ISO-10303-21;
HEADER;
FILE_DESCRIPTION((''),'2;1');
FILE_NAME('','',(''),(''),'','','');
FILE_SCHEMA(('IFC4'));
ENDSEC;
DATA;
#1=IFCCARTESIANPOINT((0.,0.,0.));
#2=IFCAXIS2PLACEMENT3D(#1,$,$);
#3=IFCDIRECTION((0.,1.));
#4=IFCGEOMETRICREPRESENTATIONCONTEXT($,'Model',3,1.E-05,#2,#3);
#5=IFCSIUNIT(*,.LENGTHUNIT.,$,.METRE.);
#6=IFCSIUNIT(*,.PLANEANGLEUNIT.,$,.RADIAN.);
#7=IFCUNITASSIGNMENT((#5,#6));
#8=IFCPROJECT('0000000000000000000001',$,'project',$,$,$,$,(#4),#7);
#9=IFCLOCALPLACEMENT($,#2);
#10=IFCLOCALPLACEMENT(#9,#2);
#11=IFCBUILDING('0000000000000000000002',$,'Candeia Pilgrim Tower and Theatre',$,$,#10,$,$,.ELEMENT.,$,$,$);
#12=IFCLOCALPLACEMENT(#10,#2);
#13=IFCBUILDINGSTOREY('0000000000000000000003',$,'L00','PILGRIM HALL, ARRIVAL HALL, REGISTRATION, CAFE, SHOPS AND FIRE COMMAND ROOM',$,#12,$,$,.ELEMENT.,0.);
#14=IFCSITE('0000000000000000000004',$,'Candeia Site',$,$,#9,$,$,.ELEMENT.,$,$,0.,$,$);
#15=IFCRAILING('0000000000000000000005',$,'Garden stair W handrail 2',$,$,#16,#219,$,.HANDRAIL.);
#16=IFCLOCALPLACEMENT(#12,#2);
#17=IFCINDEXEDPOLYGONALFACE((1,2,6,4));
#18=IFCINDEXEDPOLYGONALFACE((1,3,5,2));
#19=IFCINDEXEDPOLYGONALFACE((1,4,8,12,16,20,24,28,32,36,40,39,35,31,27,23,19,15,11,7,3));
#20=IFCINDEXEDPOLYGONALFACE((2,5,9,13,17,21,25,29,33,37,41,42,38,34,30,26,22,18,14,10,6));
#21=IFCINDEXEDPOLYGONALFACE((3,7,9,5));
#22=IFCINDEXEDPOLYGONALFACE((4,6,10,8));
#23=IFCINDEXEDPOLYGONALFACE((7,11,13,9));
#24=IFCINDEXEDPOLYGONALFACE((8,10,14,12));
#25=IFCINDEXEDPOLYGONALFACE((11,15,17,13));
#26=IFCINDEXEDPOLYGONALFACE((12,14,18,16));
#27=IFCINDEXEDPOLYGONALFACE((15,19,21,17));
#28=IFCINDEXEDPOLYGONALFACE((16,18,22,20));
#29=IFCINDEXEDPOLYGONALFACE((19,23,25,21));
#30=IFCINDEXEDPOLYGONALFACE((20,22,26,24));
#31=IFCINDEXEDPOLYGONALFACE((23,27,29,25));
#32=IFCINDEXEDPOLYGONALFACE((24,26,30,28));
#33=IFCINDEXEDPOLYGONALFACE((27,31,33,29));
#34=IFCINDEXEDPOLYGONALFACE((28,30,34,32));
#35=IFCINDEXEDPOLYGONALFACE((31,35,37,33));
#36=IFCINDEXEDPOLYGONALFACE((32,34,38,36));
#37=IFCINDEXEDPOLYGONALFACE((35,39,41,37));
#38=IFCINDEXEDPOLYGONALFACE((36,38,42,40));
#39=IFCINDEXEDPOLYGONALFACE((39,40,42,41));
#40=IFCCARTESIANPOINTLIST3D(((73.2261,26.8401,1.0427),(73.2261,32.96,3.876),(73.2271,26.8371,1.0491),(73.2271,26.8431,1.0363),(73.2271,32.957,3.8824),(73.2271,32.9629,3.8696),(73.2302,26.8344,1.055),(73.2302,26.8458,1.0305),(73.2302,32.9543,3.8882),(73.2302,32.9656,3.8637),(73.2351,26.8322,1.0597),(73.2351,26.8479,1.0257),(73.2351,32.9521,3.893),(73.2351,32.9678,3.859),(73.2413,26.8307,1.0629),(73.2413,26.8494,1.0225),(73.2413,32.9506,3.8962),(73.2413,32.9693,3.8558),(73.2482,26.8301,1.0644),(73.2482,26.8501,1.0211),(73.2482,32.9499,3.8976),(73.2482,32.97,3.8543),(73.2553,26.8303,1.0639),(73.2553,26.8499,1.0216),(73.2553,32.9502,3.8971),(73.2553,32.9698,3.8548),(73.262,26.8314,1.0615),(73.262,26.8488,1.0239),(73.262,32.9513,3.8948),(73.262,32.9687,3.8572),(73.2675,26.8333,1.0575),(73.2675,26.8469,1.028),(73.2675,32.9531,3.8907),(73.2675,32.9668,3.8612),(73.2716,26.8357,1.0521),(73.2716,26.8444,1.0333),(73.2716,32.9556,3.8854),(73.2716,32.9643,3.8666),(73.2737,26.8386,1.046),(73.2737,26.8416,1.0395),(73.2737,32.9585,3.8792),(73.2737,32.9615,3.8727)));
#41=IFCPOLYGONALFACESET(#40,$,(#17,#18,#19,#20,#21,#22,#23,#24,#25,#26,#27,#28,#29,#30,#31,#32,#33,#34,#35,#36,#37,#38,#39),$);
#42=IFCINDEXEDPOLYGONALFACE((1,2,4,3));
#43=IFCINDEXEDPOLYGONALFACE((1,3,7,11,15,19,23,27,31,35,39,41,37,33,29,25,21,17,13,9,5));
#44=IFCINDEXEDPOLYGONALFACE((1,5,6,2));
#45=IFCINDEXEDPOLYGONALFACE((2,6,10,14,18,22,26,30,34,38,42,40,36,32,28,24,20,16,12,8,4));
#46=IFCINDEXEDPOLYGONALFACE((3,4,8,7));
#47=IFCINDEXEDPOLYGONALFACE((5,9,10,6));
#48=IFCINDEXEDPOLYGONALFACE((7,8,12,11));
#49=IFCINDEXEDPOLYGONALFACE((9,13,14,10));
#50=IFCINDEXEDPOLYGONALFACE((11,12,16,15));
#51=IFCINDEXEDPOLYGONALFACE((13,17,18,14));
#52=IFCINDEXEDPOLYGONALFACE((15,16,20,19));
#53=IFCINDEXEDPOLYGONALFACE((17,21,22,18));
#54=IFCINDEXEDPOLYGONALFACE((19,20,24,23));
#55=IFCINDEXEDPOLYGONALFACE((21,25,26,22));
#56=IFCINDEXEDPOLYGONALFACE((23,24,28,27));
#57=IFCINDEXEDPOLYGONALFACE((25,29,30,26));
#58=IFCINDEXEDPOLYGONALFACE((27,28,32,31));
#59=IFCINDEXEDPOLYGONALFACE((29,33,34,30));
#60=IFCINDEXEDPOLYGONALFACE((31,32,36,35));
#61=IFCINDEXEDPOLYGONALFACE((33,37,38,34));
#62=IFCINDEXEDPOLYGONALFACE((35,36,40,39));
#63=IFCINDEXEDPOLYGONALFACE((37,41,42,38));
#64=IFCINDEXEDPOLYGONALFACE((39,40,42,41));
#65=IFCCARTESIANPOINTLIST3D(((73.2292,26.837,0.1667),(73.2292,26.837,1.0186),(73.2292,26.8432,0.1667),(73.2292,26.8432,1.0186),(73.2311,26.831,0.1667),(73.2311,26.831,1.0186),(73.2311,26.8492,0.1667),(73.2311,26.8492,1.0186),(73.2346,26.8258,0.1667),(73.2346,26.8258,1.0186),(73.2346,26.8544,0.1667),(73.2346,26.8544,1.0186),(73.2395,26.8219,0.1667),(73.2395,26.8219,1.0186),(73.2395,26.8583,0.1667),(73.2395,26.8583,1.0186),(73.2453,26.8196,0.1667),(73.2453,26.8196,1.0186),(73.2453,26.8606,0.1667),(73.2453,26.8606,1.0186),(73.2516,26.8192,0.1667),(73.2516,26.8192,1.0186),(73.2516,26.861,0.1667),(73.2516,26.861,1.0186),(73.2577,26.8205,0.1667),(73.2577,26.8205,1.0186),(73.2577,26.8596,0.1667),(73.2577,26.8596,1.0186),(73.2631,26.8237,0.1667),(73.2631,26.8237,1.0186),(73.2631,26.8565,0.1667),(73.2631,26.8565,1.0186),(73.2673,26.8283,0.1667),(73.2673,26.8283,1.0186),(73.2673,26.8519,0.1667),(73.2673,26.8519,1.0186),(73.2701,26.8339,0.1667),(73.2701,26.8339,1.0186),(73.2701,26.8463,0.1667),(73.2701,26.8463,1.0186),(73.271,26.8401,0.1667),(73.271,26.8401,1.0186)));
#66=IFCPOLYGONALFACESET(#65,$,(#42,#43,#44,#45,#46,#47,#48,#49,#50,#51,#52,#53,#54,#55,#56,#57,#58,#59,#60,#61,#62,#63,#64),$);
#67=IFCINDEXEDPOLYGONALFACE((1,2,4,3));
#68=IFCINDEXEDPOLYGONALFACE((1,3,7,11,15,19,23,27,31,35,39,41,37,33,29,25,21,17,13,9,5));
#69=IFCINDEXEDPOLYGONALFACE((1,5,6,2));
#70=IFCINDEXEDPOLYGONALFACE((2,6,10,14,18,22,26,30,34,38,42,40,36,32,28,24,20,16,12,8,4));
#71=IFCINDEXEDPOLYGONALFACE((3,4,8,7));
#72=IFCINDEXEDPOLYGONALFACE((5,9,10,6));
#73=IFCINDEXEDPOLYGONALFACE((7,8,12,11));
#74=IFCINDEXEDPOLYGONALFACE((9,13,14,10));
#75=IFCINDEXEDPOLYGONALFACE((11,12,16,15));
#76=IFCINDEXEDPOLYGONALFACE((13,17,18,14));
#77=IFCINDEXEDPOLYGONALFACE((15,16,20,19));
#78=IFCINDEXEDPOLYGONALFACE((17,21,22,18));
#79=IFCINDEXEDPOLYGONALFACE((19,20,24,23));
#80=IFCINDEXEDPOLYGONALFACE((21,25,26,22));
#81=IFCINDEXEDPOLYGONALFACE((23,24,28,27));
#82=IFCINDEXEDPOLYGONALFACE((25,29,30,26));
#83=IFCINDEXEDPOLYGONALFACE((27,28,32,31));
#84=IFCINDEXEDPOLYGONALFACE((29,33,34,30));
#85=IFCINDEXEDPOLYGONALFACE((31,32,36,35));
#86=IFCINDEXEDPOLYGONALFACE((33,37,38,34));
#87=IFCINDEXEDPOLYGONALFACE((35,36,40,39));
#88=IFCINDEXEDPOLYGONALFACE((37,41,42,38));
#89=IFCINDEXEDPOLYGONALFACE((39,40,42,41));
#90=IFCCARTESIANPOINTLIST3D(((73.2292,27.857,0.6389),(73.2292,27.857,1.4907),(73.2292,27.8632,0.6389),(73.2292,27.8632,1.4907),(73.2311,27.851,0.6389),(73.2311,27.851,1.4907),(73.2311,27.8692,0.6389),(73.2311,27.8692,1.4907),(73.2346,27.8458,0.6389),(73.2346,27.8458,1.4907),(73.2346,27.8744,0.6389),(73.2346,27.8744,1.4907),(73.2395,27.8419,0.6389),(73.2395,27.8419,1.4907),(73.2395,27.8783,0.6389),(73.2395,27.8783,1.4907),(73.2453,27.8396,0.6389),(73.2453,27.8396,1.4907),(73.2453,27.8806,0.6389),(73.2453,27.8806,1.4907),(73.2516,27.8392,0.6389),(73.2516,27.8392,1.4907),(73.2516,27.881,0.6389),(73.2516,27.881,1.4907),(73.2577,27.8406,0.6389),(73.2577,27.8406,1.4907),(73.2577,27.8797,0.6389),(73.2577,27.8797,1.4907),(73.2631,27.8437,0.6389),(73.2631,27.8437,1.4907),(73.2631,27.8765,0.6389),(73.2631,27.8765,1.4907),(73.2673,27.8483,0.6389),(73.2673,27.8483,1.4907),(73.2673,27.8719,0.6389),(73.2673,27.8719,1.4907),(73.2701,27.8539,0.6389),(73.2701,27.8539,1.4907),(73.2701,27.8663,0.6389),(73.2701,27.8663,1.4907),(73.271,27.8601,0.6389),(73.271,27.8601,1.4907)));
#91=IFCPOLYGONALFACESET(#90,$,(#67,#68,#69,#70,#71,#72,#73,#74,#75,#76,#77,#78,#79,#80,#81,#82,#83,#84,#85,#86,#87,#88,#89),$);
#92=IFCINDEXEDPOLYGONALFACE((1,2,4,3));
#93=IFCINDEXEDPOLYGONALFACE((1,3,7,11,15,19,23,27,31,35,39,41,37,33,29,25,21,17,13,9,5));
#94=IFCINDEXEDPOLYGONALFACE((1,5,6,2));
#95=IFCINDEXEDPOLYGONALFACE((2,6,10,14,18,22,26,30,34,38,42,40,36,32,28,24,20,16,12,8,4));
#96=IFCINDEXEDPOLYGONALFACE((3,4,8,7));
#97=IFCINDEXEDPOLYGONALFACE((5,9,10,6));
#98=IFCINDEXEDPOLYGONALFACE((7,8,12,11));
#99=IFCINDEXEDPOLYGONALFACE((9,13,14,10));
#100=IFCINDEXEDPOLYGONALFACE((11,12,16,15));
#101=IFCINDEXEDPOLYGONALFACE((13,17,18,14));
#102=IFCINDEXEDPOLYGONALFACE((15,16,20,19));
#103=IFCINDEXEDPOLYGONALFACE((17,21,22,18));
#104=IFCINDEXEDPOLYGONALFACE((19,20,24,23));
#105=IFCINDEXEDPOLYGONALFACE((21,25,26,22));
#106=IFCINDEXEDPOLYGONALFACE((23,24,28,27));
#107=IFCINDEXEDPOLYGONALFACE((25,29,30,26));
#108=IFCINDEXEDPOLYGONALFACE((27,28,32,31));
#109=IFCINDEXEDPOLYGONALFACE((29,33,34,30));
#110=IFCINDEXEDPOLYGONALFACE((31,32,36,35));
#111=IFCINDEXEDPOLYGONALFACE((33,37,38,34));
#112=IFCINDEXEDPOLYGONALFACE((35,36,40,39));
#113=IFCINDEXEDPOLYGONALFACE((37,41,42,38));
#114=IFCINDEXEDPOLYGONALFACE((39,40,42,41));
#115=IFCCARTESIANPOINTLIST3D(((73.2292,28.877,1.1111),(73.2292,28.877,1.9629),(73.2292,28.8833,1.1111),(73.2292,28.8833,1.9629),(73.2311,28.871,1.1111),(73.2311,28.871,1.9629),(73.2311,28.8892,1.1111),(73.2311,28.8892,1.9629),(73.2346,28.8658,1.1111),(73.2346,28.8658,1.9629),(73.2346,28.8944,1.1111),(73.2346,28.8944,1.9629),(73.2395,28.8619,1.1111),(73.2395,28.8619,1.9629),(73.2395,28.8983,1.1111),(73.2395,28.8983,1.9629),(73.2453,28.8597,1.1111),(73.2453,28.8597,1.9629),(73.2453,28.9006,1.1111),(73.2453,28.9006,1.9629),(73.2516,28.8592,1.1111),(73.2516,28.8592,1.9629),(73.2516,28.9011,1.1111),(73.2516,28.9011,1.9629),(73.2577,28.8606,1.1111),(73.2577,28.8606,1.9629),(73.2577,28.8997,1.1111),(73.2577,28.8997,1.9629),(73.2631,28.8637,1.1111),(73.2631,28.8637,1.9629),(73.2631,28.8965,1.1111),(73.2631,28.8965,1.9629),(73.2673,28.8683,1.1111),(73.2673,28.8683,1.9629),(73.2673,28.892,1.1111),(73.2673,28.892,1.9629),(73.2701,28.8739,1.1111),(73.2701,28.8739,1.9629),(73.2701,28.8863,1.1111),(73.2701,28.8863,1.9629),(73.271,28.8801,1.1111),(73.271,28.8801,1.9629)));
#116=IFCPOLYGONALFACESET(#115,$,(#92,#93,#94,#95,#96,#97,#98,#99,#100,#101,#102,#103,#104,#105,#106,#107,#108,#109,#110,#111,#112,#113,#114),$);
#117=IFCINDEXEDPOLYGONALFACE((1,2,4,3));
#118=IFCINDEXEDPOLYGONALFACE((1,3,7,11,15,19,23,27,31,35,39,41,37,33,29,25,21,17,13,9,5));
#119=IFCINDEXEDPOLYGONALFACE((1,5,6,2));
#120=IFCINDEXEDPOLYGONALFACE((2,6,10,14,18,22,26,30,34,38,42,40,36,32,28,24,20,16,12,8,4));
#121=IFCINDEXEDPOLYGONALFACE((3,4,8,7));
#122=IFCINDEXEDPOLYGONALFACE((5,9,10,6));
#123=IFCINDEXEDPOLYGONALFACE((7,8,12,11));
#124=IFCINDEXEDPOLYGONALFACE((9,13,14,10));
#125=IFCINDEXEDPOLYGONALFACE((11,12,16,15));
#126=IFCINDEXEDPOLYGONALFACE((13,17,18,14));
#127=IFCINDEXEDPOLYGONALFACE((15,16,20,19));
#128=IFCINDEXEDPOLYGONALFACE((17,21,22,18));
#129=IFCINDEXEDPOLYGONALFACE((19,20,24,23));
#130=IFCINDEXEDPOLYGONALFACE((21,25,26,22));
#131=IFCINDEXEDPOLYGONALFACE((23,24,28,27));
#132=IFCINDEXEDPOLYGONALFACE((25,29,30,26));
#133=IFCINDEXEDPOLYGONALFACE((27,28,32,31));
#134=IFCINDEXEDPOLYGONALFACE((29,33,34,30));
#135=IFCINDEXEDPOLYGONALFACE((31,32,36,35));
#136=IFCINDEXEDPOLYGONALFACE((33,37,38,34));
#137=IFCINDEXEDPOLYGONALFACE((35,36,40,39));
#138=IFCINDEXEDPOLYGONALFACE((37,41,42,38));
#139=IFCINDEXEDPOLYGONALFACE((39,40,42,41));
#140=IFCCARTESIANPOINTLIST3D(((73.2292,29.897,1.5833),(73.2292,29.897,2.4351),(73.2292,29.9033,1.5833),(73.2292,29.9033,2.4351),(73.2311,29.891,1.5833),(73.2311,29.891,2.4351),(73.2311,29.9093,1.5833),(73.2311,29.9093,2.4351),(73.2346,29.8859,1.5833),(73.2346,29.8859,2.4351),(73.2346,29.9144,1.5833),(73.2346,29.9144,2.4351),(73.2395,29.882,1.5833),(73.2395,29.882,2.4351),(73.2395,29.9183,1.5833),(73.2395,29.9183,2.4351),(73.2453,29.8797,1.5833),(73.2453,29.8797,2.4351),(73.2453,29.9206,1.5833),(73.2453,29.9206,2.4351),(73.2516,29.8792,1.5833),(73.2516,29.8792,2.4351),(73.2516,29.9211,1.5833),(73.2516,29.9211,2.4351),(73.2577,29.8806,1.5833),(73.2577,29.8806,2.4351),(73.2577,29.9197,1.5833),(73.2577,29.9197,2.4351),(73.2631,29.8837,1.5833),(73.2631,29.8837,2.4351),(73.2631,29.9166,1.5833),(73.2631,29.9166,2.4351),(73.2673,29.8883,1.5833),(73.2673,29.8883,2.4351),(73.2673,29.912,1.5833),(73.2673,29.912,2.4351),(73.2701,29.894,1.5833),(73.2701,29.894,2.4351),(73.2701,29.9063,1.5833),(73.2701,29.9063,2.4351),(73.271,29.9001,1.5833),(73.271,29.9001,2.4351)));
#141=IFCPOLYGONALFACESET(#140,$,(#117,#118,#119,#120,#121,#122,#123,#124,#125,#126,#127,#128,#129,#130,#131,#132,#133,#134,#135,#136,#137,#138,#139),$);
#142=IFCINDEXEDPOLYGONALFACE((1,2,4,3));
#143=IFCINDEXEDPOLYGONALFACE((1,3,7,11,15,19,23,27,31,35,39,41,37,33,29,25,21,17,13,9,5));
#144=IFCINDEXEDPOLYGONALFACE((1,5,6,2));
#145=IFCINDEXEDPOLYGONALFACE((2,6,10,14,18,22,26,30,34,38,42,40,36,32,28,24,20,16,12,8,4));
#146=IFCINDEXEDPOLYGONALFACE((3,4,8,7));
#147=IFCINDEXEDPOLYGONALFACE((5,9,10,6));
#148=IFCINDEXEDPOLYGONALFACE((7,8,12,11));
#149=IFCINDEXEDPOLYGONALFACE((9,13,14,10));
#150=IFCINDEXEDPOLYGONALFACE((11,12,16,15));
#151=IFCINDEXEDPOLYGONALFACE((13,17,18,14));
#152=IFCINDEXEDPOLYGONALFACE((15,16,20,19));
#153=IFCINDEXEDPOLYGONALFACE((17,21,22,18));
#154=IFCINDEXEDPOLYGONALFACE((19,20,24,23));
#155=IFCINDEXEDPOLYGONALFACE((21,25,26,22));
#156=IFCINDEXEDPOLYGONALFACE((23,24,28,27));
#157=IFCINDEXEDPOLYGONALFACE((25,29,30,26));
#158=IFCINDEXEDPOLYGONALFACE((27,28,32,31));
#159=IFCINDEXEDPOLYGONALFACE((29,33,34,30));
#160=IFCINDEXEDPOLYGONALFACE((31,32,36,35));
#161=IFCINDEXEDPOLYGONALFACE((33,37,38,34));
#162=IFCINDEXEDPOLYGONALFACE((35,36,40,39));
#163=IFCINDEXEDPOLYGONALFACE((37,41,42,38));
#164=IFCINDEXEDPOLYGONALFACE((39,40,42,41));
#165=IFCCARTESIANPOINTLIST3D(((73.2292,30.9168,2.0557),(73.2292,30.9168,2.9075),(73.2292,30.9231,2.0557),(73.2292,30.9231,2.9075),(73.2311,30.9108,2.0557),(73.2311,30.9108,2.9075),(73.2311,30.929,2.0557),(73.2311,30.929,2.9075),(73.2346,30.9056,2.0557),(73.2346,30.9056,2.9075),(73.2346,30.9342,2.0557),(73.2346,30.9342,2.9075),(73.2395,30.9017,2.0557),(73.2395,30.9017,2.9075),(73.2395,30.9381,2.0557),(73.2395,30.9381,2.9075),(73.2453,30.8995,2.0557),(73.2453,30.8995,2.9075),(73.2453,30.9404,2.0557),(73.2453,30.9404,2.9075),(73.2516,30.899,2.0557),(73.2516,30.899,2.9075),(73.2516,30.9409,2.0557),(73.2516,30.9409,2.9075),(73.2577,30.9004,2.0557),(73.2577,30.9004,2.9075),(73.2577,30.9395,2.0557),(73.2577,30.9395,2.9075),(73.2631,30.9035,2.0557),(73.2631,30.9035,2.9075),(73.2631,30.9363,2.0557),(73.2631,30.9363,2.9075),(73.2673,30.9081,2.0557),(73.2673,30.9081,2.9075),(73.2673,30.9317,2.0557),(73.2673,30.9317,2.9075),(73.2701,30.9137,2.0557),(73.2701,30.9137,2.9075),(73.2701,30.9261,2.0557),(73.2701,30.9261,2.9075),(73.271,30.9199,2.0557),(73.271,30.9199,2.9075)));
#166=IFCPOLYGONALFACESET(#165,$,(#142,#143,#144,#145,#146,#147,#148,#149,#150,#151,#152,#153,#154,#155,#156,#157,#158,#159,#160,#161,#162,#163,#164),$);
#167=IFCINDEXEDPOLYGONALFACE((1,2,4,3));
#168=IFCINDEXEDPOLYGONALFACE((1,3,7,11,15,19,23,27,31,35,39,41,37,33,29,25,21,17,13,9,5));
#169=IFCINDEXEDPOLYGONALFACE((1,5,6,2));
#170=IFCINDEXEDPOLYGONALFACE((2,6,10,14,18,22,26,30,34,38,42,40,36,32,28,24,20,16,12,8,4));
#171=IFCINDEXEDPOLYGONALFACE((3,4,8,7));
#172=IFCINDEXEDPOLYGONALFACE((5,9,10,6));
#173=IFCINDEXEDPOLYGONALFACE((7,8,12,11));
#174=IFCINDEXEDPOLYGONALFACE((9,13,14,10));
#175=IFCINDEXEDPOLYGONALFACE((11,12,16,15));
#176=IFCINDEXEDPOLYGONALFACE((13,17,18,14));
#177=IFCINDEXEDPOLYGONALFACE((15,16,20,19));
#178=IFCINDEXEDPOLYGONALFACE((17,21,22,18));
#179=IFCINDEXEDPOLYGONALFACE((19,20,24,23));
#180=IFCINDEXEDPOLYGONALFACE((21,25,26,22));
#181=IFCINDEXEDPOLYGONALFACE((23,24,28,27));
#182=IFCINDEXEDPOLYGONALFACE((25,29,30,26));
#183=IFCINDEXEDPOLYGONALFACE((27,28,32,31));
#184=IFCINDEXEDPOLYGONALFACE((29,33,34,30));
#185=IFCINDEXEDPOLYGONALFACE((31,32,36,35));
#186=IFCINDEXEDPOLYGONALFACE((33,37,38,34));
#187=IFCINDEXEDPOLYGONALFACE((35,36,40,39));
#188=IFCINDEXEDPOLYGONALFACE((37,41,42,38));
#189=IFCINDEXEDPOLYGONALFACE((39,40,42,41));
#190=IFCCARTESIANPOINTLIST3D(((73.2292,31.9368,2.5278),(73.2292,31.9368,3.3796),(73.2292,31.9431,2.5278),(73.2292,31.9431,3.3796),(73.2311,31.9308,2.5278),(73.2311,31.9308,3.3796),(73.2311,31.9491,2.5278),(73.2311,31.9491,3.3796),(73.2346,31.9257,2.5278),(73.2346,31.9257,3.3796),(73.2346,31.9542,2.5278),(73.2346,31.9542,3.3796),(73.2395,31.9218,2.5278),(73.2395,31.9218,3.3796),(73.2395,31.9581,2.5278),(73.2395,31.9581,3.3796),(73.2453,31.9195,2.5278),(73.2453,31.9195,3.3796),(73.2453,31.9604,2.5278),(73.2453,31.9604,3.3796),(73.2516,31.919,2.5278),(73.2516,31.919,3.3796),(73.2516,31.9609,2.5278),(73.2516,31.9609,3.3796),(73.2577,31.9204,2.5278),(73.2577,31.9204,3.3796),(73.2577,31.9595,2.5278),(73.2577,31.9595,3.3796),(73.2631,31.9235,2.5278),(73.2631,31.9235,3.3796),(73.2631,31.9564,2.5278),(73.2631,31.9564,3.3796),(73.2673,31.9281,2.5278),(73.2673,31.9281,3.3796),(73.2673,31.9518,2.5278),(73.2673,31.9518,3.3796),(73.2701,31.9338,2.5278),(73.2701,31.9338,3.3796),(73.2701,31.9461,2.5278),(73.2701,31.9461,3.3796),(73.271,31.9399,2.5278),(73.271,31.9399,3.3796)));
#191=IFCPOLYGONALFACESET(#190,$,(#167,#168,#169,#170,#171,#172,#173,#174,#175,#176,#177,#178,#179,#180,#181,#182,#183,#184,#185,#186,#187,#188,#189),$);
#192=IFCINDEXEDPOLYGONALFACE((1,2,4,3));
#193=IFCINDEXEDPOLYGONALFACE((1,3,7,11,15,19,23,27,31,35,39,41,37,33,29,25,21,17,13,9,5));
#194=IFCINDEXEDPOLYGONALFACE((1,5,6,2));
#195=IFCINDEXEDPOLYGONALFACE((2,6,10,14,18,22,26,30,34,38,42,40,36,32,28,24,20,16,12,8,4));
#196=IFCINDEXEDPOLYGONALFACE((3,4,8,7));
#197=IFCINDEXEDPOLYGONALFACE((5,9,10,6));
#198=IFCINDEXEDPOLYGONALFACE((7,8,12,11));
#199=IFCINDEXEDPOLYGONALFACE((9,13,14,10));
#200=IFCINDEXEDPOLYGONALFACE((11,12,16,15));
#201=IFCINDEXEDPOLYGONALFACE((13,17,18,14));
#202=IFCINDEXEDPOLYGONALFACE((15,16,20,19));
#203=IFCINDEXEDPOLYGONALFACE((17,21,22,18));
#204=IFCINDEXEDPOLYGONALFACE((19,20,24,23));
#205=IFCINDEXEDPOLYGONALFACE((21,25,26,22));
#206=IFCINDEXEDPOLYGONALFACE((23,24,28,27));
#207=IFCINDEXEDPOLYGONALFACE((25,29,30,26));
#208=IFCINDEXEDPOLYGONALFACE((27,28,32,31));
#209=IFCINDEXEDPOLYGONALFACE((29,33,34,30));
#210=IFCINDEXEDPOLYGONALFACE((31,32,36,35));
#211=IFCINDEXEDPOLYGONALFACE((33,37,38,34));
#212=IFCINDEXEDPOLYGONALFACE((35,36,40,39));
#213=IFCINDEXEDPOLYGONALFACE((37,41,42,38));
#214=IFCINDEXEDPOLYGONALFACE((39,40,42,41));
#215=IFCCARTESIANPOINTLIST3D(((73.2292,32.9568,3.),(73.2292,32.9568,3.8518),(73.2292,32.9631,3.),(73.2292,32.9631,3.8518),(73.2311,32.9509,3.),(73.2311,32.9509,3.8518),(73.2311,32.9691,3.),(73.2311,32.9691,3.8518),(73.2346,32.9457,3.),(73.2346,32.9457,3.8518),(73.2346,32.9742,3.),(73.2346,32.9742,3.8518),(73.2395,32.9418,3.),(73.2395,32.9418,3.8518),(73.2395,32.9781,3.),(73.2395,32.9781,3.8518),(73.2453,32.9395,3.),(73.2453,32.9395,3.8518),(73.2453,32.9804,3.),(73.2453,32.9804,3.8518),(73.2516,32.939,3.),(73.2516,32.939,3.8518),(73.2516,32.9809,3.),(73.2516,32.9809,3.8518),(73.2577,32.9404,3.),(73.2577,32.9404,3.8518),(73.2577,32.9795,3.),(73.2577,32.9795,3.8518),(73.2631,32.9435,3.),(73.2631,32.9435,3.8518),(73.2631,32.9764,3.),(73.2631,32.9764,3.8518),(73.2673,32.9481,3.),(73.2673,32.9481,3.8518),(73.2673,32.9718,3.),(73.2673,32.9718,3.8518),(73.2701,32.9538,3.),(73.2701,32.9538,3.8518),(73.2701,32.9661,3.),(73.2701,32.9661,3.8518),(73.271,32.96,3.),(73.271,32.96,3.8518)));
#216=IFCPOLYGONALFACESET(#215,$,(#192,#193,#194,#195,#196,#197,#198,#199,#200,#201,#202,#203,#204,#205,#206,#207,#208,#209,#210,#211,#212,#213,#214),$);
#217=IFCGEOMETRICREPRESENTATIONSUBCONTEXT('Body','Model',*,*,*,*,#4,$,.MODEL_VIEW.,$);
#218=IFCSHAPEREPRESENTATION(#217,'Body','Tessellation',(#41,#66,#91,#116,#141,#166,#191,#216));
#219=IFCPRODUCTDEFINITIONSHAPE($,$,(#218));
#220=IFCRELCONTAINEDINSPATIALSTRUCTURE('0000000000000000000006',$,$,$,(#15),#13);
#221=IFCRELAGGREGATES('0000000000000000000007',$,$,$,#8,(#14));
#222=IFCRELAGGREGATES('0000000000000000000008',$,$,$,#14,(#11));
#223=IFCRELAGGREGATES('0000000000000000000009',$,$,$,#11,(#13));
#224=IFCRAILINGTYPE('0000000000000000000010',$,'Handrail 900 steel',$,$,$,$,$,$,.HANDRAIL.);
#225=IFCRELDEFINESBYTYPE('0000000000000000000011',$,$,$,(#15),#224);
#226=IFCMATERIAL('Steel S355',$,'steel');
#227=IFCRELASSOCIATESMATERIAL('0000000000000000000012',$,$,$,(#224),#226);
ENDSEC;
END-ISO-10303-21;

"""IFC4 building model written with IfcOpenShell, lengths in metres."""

from ifc_helpers import new_model, si_unit, direction, frame, origin, origin_2d, place, context, subcontext, project, spatial, circle, extrude, material, type_object, element, save


model = new_model("IFC4")

# Units and contexts
model_context = context("Model", 3, precision=1e-05, world=origin(), true_north=direction((0.0, 1.0)))
body_context = subcontext(model_context, "Body", "Model", "MODEL_VIEW")
ifc_project = project(units=[si_unit("LENGTHUNIT", "METRE"), si_unit("PLANEANGLEUNIT", "RADIAN")], contexts=[model_context])

# Site, building, storey
site_placement = place(None, origin())
site = spatial("IfcSite", under=ifc_project, at=site_placement, Name="Candeia Site", CompositionType="ELEMENT", RefElevation=0.0)
building_placement = place(site_placement, origin())
building = spatial("IfcBuilding", under=site, at=building_placement, Name="Candeia Pilgrim Tower and Theatre", CompositionType="ELEMENT")
storey_placement = place(building_placement, origin())
storey = spatial("IfcBuildingStorey", under=building, at=storey_placement, Name="L00", Description="PILGRIM HALL, ARRIVAL HALL, REGISTRATION, CAFE, SHOPS AND FIRE COMMAND ROOM", CompositionType="ELEMENT", Elevation=0.0)

# Railing
ifc_material_1 = material(Name="Steel S355", Category="steel")
railing_type_1 = type_object("IfcRailingType", Name="Handrail 900 steel", PredefinedType="HANDRAIL", material=ifc_material_1)
for number, where, name in (
    (1, (73.25, 26.8401, 0.1667), "Garden stair W handrail 2"),
):
    element("IfcRailing", number, at=place(storey_placement, frame(where)), inside=storey, type_object=railing_type_1, Name=name, PredefinedType="HANDRAIL", context=body_context, shape_type="SweptSolid", body=[
        extrude(circle(Radius=0.0239, at=origin_2d()), frame((0.0, 0.0, 0.876), z_axis=(0.0, 0.907468, 0.420121), x_axis=(-1.0, 0.0, 0.0)), (0.0, 0.0, 1.0), 6.7439),
        extrude(circle(Radius=0.021, at=origin_2d()), origin(), (0.0, 0.0, 1.0), 0.8518),
        extrude(circle(Radius=0.021, at=origin_2d()), frame((0.0, 1.02, 0.4722)), (0.0, 0.0, 1.0), 0.8518),
        extrude(circle(Radius=0.021, at=origin_2d()), frame((0.0, 2.04, 0.9443)), (0.0, 0.0, 1.0), 0.8518),
        extrude(circle(Radius=0.021, at=origin_2d()), frame((0.0, 3.0601, 1.4165)), (0.0, 0.0, 1.0), 0.8518),
        extrude(circle(Radius=0.021, at=origin_2d()), frame((0.0, 4.0798, 1.8889)), (0.0, 0.0, 1.0), 0.8518),
        extrude(circle(Radius=0.021, at=origin_2d()), frame((0.0, 5.0999, 2.3611)), (0.0, 0.0, 1.0), 0.8518),
        extrude(circle(Radius=0.021, at=origin_2d()), frame((0.0, 6.1199, 2.8333)), (0.0, 0.0, 1.0), 0.8518),
    ])

save(model, "model.ifc")
